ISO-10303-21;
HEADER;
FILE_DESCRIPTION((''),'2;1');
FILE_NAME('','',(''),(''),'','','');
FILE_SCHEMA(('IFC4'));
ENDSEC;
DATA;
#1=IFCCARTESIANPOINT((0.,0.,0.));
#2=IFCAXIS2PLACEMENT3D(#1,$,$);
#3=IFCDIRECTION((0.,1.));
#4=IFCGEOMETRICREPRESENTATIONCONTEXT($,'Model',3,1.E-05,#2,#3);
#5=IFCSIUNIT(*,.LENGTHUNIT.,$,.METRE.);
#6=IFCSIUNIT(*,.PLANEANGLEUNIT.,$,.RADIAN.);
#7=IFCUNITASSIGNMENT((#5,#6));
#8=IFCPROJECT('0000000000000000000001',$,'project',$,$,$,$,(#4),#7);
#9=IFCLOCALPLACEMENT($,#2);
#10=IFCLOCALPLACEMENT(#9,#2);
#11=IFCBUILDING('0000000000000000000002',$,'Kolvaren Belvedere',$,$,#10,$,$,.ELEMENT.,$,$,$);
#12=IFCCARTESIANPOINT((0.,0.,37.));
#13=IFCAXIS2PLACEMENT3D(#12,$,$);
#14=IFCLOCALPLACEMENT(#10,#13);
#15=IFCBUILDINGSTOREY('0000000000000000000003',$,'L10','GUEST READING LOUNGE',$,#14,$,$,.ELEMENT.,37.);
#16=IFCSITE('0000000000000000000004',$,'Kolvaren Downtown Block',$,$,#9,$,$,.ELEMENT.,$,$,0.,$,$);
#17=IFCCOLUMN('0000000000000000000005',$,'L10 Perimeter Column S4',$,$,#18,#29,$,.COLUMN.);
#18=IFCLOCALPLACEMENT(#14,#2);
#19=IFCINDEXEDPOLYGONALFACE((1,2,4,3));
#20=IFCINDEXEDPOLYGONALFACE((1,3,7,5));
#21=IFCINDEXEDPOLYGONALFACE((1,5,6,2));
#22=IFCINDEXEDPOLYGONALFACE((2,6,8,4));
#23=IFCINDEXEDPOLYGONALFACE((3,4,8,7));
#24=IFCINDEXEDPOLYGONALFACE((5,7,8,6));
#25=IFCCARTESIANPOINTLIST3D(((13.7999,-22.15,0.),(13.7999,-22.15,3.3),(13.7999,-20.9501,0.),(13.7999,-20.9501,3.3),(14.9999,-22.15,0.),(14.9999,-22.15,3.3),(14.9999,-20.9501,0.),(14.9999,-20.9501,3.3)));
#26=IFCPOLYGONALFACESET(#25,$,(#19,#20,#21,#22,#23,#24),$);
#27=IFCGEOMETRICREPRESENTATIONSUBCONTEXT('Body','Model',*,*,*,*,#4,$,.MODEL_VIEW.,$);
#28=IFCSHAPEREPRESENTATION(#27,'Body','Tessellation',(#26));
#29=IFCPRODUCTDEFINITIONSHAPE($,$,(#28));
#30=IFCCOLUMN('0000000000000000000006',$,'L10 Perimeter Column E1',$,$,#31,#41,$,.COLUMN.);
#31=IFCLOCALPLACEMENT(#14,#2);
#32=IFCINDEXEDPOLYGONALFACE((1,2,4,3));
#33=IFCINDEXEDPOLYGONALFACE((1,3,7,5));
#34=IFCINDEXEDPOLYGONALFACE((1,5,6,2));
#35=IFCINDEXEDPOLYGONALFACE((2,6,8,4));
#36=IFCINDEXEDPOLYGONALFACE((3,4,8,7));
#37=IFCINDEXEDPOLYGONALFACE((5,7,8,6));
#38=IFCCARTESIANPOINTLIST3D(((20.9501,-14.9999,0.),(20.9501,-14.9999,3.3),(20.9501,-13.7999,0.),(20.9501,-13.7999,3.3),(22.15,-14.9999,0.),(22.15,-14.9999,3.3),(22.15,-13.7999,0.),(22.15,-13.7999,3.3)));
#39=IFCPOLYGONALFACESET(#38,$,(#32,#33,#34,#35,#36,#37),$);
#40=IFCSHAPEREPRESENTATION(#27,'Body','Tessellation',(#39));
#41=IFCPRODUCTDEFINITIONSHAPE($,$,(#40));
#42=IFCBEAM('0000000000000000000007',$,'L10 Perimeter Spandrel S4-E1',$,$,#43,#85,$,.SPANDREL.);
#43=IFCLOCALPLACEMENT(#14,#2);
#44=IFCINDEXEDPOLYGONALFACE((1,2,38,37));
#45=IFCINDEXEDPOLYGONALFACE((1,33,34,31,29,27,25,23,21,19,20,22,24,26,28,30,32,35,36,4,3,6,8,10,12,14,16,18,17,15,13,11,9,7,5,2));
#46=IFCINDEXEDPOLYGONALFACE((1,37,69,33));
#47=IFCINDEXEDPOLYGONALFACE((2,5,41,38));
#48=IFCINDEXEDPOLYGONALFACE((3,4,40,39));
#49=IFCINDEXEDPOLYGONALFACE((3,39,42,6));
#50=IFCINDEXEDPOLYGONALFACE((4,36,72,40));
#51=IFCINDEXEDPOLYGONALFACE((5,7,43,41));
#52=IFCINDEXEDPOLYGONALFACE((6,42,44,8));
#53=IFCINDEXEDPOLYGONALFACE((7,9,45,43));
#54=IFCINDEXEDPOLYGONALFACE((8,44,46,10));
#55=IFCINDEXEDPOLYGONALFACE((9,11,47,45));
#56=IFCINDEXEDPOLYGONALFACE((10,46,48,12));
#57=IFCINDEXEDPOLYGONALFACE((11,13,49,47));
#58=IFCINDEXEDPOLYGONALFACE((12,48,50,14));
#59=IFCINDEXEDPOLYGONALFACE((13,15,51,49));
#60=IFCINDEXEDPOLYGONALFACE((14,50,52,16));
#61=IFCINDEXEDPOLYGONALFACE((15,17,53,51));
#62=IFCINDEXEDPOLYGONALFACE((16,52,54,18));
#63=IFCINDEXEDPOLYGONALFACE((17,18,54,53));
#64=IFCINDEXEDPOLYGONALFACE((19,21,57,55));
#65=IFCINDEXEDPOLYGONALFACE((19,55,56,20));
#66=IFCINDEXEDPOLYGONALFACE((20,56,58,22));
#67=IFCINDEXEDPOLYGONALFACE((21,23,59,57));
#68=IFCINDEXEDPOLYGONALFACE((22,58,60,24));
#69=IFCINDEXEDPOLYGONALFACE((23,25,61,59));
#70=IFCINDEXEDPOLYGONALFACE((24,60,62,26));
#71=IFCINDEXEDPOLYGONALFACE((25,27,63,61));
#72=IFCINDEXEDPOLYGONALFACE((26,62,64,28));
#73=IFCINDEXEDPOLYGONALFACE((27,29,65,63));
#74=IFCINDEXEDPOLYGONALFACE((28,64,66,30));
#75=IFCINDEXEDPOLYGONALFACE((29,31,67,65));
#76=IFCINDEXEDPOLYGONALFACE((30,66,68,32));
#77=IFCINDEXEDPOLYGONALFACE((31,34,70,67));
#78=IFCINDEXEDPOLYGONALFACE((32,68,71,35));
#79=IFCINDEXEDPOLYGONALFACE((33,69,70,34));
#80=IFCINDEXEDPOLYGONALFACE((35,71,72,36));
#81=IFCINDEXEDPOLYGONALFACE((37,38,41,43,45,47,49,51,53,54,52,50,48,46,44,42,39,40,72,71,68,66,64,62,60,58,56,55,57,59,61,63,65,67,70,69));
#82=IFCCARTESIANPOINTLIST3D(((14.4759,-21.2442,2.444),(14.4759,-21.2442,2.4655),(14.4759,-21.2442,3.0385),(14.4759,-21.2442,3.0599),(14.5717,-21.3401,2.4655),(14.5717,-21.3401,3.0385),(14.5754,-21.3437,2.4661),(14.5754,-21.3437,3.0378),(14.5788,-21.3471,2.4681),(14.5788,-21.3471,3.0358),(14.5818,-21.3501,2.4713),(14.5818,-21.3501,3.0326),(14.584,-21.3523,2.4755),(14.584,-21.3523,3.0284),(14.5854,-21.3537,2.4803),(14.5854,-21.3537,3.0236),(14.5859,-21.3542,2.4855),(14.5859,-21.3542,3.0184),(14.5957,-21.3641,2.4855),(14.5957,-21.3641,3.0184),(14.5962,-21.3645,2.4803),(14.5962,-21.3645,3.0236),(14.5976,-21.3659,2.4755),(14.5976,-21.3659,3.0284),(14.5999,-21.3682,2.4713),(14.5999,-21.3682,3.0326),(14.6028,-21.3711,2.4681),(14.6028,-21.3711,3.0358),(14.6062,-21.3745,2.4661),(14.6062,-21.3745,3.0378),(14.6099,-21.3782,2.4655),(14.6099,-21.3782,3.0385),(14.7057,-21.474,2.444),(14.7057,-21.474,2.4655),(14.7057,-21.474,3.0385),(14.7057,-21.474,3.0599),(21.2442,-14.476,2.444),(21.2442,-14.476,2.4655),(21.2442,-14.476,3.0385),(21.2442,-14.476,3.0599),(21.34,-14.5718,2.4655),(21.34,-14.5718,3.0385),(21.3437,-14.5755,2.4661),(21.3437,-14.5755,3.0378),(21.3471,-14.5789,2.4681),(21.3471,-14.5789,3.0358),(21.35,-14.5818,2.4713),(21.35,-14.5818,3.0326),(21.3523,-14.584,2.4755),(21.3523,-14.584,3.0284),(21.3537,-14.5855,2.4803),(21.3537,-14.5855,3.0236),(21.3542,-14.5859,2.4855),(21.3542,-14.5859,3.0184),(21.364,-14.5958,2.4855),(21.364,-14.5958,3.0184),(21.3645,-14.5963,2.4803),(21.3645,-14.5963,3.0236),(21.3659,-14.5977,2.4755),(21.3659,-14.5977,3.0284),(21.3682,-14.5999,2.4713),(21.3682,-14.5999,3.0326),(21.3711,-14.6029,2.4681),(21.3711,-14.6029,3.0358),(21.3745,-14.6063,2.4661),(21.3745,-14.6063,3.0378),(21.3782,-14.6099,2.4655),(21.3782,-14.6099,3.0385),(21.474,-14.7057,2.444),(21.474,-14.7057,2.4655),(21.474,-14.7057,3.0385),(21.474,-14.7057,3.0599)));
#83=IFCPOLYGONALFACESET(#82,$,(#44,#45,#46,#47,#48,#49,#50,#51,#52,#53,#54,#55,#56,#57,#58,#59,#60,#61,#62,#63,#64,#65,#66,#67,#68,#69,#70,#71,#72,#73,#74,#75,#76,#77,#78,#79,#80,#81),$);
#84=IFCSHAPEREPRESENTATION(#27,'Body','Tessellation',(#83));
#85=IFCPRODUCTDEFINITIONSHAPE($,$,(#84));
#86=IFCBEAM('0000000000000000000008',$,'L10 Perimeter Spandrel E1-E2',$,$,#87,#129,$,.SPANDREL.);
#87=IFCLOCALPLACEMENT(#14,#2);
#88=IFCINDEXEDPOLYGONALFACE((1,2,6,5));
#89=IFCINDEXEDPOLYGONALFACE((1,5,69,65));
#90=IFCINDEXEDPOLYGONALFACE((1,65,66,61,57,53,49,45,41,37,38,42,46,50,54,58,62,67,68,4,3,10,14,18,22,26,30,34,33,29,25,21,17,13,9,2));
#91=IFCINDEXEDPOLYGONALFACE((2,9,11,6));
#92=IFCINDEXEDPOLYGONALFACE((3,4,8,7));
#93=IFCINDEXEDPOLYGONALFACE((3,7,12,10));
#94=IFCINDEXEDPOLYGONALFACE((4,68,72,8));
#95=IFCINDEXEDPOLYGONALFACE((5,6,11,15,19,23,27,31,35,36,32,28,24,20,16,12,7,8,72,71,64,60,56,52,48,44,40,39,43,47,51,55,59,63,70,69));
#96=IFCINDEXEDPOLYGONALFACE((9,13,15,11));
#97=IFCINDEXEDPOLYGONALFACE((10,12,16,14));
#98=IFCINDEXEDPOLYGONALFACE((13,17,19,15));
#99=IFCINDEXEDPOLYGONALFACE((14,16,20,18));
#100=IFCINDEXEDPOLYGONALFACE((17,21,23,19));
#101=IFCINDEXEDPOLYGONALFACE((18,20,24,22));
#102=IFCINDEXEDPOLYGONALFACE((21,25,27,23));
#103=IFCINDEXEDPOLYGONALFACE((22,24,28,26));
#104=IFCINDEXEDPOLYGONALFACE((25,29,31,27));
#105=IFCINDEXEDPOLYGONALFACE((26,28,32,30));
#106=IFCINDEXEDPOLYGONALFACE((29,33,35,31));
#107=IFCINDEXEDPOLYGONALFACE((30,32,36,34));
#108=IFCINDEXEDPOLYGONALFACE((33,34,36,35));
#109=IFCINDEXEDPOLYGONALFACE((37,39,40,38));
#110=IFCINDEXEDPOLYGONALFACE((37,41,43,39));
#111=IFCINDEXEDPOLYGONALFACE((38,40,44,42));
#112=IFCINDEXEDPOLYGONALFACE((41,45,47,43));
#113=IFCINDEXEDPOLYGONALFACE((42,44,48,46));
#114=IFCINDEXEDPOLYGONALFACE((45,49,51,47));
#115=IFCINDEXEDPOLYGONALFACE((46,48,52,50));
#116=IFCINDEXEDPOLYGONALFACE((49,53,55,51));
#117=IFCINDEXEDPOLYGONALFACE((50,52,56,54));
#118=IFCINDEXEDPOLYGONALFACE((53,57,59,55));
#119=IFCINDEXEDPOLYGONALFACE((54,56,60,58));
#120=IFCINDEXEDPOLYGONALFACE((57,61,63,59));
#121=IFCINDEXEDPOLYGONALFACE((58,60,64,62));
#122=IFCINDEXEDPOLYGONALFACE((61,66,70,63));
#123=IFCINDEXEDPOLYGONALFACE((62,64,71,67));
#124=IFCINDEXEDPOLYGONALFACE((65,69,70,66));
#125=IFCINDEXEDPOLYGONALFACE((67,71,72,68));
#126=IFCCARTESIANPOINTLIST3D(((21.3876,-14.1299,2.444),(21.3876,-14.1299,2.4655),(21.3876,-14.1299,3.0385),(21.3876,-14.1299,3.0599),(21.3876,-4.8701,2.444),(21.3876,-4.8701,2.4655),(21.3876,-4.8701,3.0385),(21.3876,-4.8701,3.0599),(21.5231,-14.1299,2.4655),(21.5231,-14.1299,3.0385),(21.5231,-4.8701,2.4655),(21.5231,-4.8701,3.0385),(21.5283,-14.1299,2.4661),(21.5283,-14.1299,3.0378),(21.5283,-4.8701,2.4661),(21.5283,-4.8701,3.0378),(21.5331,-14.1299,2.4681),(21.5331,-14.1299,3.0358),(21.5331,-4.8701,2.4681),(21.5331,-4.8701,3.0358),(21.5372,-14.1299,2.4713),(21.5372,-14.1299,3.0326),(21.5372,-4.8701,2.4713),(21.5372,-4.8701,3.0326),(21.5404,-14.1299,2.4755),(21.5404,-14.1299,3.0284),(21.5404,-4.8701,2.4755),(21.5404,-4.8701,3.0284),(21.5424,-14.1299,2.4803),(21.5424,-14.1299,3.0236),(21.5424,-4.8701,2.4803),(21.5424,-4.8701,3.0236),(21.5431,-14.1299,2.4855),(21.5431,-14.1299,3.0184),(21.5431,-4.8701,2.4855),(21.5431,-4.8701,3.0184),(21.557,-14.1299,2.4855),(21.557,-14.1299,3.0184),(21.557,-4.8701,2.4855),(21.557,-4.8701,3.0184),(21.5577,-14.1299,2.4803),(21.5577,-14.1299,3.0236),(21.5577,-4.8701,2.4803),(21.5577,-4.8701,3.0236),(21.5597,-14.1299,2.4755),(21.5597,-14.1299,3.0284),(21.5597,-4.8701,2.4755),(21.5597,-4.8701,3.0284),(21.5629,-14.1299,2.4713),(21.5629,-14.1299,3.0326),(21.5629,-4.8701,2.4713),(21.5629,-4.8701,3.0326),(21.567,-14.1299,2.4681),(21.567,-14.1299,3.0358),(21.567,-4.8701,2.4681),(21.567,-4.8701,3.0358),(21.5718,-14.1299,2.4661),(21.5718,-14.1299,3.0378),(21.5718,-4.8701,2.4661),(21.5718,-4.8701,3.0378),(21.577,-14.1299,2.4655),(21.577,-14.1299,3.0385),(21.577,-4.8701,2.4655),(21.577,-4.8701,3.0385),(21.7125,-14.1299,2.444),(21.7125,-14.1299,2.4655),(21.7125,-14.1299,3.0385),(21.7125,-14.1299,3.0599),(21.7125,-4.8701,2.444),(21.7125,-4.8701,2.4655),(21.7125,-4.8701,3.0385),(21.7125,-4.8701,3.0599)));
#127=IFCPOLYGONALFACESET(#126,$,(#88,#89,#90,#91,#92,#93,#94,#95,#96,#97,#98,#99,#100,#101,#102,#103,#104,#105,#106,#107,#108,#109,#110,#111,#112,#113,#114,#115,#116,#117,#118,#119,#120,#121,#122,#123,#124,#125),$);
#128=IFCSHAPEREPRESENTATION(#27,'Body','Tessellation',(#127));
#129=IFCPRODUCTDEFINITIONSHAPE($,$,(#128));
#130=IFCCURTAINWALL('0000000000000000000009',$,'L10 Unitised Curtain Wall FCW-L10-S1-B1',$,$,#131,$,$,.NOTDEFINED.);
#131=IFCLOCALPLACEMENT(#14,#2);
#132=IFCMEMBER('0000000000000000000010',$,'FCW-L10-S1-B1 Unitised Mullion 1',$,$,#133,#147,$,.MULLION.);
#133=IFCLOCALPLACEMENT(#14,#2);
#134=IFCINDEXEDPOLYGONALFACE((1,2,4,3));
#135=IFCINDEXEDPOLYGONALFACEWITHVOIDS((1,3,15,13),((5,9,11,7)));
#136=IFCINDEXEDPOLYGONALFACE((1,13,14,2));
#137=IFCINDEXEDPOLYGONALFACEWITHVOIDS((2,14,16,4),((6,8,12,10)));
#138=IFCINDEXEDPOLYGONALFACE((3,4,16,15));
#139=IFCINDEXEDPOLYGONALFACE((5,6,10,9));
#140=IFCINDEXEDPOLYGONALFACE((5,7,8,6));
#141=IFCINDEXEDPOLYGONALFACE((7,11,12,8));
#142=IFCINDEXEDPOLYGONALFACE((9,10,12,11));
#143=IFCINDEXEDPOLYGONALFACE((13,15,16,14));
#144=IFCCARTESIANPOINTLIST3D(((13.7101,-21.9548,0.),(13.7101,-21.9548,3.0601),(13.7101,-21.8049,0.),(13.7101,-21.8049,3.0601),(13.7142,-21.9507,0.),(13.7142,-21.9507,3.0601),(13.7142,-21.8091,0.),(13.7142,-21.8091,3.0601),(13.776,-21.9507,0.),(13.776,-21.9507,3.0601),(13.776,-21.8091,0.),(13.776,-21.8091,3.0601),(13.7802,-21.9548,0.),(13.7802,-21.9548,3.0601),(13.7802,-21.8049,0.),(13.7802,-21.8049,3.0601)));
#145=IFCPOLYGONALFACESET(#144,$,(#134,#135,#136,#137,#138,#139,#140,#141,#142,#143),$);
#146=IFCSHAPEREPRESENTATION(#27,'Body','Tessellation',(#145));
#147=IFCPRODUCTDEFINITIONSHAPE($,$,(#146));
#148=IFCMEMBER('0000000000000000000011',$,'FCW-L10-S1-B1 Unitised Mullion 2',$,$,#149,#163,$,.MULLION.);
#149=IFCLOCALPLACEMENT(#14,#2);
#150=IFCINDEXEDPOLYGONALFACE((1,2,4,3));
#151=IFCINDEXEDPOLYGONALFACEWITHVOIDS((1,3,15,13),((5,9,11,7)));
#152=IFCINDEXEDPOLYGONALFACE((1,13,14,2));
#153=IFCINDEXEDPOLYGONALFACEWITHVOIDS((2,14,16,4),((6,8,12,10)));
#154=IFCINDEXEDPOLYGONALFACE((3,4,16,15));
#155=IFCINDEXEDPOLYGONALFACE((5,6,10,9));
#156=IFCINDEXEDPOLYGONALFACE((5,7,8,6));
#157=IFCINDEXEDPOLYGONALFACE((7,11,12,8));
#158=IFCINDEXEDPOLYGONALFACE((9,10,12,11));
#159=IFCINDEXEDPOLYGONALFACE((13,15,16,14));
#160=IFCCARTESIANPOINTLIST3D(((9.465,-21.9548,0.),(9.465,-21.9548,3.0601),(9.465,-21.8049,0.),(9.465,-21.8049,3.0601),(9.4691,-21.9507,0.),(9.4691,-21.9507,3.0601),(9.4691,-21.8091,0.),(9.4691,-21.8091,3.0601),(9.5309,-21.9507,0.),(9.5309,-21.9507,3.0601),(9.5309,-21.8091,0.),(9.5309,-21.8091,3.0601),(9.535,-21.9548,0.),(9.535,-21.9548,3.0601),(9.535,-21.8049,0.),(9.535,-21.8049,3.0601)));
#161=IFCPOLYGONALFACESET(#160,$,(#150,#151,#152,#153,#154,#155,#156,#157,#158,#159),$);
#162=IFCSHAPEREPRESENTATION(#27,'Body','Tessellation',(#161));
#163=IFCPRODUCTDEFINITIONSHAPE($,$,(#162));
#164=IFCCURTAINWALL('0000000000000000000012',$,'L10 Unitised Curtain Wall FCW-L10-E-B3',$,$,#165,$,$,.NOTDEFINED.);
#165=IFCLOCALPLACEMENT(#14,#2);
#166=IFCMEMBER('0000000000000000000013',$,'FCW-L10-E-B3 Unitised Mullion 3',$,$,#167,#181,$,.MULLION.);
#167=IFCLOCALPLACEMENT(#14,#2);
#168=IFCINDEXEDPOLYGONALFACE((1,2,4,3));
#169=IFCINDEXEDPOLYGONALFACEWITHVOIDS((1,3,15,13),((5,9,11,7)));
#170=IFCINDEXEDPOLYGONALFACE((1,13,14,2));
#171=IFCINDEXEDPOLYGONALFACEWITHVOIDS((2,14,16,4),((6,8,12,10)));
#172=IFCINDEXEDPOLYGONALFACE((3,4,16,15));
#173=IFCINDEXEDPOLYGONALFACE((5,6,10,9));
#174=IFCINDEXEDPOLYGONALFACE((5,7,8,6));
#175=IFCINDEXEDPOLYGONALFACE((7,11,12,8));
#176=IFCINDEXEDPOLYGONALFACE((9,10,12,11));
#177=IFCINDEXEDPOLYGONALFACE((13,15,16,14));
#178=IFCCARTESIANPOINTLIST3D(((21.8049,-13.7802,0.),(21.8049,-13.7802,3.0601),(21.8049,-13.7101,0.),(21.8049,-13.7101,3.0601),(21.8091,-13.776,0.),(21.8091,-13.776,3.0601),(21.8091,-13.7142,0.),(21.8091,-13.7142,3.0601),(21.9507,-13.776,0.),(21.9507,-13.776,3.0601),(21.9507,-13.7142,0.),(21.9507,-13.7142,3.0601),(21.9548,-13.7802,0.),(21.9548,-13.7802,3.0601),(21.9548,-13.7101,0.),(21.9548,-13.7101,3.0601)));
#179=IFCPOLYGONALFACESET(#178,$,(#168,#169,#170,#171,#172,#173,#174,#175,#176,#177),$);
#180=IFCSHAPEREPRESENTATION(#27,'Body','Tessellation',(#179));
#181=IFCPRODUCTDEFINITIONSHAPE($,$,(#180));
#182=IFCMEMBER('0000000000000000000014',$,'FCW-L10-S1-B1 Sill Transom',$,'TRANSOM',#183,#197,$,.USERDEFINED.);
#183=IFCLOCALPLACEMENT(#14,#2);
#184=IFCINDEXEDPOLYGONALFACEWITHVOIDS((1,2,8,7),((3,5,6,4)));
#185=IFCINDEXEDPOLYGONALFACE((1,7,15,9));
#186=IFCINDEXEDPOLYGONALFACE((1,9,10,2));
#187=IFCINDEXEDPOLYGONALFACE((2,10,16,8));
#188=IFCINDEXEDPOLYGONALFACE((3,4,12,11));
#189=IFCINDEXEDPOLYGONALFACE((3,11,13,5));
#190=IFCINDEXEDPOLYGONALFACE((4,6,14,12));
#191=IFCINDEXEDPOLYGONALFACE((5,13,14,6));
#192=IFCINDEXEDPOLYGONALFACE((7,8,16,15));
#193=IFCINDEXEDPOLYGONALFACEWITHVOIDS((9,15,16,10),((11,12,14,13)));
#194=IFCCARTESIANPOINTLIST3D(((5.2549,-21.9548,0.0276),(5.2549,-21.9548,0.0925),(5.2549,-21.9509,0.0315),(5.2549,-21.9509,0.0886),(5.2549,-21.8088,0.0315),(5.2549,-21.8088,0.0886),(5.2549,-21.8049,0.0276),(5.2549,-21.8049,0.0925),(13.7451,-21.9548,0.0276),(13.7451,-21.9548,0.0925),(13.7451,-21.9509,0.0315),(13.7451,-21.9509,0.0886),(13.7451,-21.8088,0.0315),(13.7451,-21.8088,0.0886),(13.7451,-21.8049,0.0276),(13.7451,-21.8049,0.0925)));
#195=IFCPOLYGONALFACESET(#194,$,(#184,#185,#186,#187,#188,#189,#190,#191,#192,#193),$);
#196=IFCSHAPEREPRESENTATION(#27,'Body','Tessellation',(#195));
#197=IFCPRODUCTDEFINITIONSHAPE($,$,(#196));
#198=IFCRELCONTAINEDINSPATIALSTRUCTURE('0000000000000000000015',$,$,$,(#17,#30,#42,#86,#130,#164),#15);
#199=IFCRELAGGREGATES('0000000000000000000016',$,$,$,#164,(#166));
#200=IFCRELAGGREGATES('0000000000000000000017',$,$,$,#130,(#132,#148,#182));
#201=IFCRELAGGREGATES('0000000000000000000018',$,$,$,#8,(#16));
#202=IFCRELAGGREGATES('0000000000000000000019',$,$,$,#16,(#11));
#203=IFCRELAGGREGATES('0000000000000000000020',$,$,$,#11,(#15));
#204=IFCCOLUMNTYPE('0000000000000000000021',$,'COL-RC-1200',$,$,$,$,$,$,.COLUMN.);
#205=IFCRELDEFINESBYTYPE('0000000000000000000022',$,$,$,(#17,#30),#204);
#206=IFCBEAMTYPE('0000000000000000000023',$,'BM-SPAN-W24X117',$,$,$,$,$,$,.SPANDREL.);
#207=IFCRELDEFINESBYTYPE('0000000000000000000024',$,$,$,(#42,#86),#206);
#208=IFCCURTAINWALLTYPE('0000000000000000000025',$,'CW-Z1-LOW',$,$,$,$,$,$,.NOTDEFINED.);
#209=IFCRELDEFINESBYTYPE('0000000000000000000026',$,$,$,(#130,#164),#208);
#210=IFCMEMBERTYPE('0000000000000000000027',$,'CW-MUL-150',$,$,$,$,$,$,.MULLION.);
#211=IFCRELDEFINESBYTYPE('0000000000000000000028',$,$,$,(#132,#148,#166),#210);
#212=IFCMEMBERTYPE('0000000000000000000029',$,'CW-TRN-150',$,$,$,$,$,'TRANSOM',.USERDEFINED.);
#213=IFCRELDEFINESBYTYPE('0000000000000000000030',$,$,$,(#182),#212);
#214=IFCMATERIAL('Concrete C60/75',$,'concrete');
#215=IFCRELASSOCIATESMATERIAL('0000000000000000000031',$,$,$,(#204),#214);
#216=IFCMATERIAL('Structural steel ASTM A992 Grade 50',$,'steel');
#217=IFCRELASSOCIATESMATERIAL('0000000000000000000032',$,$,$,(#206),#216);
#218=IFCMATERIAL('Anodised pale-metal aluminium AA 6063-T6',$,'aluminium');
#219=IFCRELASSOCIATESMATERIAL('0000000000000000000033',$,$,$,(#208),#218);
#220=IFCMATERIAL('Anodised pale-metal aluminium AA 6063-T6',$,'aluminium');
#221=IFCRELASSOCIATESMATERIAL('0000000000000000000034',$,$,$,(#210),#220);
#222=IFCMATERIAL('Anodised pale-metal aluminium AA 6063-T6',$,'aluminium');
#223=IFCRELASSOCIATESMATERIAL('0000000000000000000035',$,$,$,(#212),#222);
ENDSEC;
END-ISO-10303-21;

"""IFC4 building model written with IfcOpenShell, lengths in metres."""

from ifc_helpers import new_model, si_unit, direction, frame, origin, origin_2d, place, context, subcontext, project, spatial, rectangle, hollow_rectangle, i_section, extrude, material, material_profile, profile_set, type_object, element, aggregate, save


model = new_model("IFC4")

# Units and contexts
model_context = context("Model", 3, precision=1e-05, world=origin(), true_north=direction((0.0, 1.0)))
body_context = subcontext(model_context, "Body", "Model", "MODEL_VIEW")
ifc_project = project(units=[si_unit("LENGTHUNIT", "METRE"), si_unit("PLANEANGLEUNIT", "RADIAN")], contexts=[model_context])

# Site, building, storey
site_placement = place(None, origin())
site = spatial("IfcSite", under=ifc_project, at=site_placement, Name="Kolvaren Downtown Block", CompositionType="ELEMENT", RefElevation=0.0)
building_placement = place(site_placement, origin())
building = spatial("IfcBuilding", under=site, at=building_placement, Name="Kolvaren Belvedere", CompositionType="ELEMENT")
storey_placement = place(building_placement, frame((0.0, 0.0, 37.0)))
storey = spatial("IfcBuildingStorey", under=building, at=storey_placement, Name="L10", Description="GUEST READING LOUNGE", CompositionType="ELEMENT", Elevation=37.0)

# Columns
ifc_material_1 = material(Name="Concrete C60/75", Category="concrete")
ifc_material_profile_1 = material_profile(ifc_material_1, rectangle(XDim=1.2, YDim=1.2, at=origin_2d()), Name="RC 1200X1200")
ifc_profile_set_1 = profile_set([ifc_material_profile_1], Name="Concrete C60/75")
column_type = type_object("IfcColumnType", Name="COL-RC-1200", PredefinedType="COLUMN", material=ifc_profile_set_1)
for number, where, z_axis, x_axis, name in (
    (1, (14.3999, -21.55, 0.0), (0.0, 0.0, 1.0), (1.0, 0.0, 0.0), "L10 Perimeter Column S4"),
    (2, (21.55, -14.3999, 0.0), (0.0, 0.0, 1.0), (1.0, 0.0, 0.0), "L10 Perimeter Column E1"),
):
    element("IfcColumn", number, at=place(storey_placement, frame(where, z_axis=z_axis, x_axis=x_axis)), inside=storey, type_object=column_type, Name=name, PredefinedType="COLUMN", context=body_context, shape_type="SweptSolid", body=[
        extrude(rectangle(XDim=1.2, YDim=1.2, at=origin_2d()), origin(), (0.0, 0.0, 1.0), 3.3),
    ])

# Beams
ifc_material_2 = material(Name="Structural steel ASTM A992 Grade 50", Category="steel")
ifc_material_profile_2 = material_profile(ifc_material_2, i_section(OverallWidth=0.325, OverallDepth=0.616, WebThickness=0.0139, FlangeThickness=0.0215, FilletRadius=0.02, at=origin_2d()), Name="W24X117")
ifc_profile_set_2 = profile_set([ifc_material_profile_2], Name="Structural steel ASTM A992 Grade 50")
beam_type = type_object("IfcBeamType", Name="BM-SPAN-W24X117", PredefinedType="SPANDREL", material=ifc_profile_set_2)
beam_1_placement = place(storey_placement, frame((14.5908, -21.3591, 2.752), z_axis=(0.707107, 0.707107, 0.0), x_axis=(-0.707107, 0.707107, 0.0)))
element("IfcBeam", 3, at=beam_1_placement, inside=storey, type_object=beam_type, Name="L10 Perimeter Spandrel S4-E1", PredefinedType="SPANDREL", context=body_context, shape_type="SweptSolid", body=[
    extrude(i_section(OverallWidth=0.325, OverallDepth=0.616, WebThickness=0.0139, FlangeThickness=0.0215, FilletRadius=0.02, at=origin_2d()), origin(), (0.0, 0.0, 1.0), 9.5718),
])
beam_2_placement = place(storey_placement, frame((21.55, -14.1299, 2.752), z_axis=(0.0, 1.0, 0.0), x_axis=(-1.0, 0.0, 0.0)))
element("IfcBeam", 4, at=beam_2_placement, inside=storey, type_object=beam_type, Name="L10 Perimeter Spandrel E1-E2", PredefinedType="SPANDREL", context=body_context, shape_type="SweptSolid", body=[
    extrude(i_section(OverallWidth=0.325, OverallDepth=0.616, WebThickness=0.0139, FlangeThickness=0.0215, FilletRadius=0.02, at=origin_2d()), origin(), (0.0, 0.0, 1.0), 9.2598),
])

# Curtain wall, members
ifc_material_3 = material(Name="Anodised pale-metal aluminium AA 6063-T6", Category="aluminium")
curtain_wall_type = type_object("IfcCurtainWallType", Name="CW-Z1-LOW", PredefinedType="NOTDEFINED", material=ifc_material_3)
curtain_wall_1_placement = place(storey_placement, origin())
curtain_wall_1 = element("IfcCurtainWall", 5, at=curtain_wall_1_placement, inside=storey, type_object=curtain_wall_type, Name="L10 Unitised Curtain Wall FCW-L10-S1-B1", PredefinedType="NOTDEFINED")
ifc_material_4 = material(Name="Anodised pale-metal aluminium AA 6063-T6", Category="aluminium")
ifc_material_profile_3 = material_profile(ifc_material_4, hollow_rectangle(XDim=0.0701, YDim=0.1499, WallThickness=0.0042, at=origin_2d()), Name="ALU-MUL-150X70")
ifc_profile_set_3 = profile_set([ifc_material_profile_3], Name="Anodised pale-metal aluminium AA 6063-T6")
member_type_1 = type_object("IfcMemberType", Name="CW-MUL-150", PredefinedType="MULLION", material=ifc_profile_set_3)
member_1_placement = place(storey_placement, frame((13.7451, -21.8799, 0.0), z_axis=(0.0, 0.0, 1.0), x_axis=(1.0, 0.0, 0.0)))
member_1 = element("IfcMember", 6, at=member_1_placement, type_object=member_type_1, Name="FCW-L10-S1-B1 Unitised Mullion 1", PredefinedType="MULLION", context=body_context, shape_type="SweptSolid", body=[
    extrude(hollow_rectangle(XDim=0.0701, YDim=0.1499, WallThickness=0.0042, at=origin_2d()), origin(), (0.0, 0.0, 1.0), 3.0601),
])
member_2_placement = place(storey_placement, frame((9.5, -21.8799, 0.0), z_axis=(0.0, 0.0, 1.0), x_axis=(1.0, 0.0, 0.0)))
member_2 = element("IfcMember", 7, at=member_2_placement, type_object=member_type_1, Name="FCW-L10-S1-B1 Unitised Mullion 2", PredefinedType="MULLION", context=body_context, shape_type="SweptSolid", body=[
    extrude(hollow_rectangle(XDim=0.0701, YDim=0.1499, WallThickness=0.0042, at=origin_2d()), origin(), (0.0, 0.0, 1.0), 3.0601),
])

# Curtain wall, member
curtain_wall_2_placement = place(storey_placement, origin())
curtain_wall_2 = element("IfcCurtainWall", 8, at=curtain_wall_2_placement, inside=storey, type_object=curtain_wall_type, Name="L10 Unitised Curtain Wall FCW-L10-E-B3", PredefinedType="NOTDEFINED")
member_3_placement = place(storey_placement, frame((21.8799, -13.7451, 0.0), z_axis=(0.0, 0.0, 1.0), x_axis=(0.0, 1.0, 0.0)))
member_3 = element("IfcMember", 9, at=member_3_placement, type_object=member_type_1, Name="FCW-L10-E-B3 Unitised Mullion 3", PredefinedType="MULLION", context=body_context, shape_type="SweptSolid", body=[
    extrude(hollow_rectangle(XDim=0.0701, YDim=0.1499, WallThickness=0.0042, at=origin_2d()), origin(), (0.0, 0.0, 1.0), 3.0601),
])
aggregate(curtain_wall_2, [member_3])

# Member
ifc_material_5 = material(Name="Anodised pale-metal aluminium AA 6063-T6", Category="aluminium")
ifc_material_profile_4 = material_profile(ifc_material_5, hollow_rectangle(XDim=0.0649, YDim=0.1499, WallThickness=0.0039, at=origin_2d()), Name="ALU-TRN-150X65")
ifc_profile_set_4 = profile_set([ifc_material_profile_4], Name="Anodised pale-metal aluminium AA 6063-T6")
member_type_2 = type_object("IfcMemberType", Name="CW-TRN-150", ElementType="TRANSOM", PredefinedType="USERDEFINED", material=ifc_profile_set_4)
member_4_placement = place(storey_placement, frame((13.7451, -21.8799, 0.0601), z_axis=(-1.0, 0.0, 0.0), x_axis=(0.0, 0.0, 1.0)))
member_4 = element("IfcMember", 10, at=member_4_placement, type_object=member_type_2, Name="FCW-L10-S1-B1 Sill Transom", ObjectType="TRANSOM", PredefinedType="USERDEFINED", context=body_context, shape_type="SweptSolid", body=[
    extrude(hollow_rectangle(XDim=0.0649, YDim=0.1499, WallThickness=0.0039, at=origin_2d()), origin(), (0.0, 0.0, 1.0), 8.4902),
])

aggregate(curtain_wall_1, [member_1, member_2, member_4])

save(model, "model.ifc")
